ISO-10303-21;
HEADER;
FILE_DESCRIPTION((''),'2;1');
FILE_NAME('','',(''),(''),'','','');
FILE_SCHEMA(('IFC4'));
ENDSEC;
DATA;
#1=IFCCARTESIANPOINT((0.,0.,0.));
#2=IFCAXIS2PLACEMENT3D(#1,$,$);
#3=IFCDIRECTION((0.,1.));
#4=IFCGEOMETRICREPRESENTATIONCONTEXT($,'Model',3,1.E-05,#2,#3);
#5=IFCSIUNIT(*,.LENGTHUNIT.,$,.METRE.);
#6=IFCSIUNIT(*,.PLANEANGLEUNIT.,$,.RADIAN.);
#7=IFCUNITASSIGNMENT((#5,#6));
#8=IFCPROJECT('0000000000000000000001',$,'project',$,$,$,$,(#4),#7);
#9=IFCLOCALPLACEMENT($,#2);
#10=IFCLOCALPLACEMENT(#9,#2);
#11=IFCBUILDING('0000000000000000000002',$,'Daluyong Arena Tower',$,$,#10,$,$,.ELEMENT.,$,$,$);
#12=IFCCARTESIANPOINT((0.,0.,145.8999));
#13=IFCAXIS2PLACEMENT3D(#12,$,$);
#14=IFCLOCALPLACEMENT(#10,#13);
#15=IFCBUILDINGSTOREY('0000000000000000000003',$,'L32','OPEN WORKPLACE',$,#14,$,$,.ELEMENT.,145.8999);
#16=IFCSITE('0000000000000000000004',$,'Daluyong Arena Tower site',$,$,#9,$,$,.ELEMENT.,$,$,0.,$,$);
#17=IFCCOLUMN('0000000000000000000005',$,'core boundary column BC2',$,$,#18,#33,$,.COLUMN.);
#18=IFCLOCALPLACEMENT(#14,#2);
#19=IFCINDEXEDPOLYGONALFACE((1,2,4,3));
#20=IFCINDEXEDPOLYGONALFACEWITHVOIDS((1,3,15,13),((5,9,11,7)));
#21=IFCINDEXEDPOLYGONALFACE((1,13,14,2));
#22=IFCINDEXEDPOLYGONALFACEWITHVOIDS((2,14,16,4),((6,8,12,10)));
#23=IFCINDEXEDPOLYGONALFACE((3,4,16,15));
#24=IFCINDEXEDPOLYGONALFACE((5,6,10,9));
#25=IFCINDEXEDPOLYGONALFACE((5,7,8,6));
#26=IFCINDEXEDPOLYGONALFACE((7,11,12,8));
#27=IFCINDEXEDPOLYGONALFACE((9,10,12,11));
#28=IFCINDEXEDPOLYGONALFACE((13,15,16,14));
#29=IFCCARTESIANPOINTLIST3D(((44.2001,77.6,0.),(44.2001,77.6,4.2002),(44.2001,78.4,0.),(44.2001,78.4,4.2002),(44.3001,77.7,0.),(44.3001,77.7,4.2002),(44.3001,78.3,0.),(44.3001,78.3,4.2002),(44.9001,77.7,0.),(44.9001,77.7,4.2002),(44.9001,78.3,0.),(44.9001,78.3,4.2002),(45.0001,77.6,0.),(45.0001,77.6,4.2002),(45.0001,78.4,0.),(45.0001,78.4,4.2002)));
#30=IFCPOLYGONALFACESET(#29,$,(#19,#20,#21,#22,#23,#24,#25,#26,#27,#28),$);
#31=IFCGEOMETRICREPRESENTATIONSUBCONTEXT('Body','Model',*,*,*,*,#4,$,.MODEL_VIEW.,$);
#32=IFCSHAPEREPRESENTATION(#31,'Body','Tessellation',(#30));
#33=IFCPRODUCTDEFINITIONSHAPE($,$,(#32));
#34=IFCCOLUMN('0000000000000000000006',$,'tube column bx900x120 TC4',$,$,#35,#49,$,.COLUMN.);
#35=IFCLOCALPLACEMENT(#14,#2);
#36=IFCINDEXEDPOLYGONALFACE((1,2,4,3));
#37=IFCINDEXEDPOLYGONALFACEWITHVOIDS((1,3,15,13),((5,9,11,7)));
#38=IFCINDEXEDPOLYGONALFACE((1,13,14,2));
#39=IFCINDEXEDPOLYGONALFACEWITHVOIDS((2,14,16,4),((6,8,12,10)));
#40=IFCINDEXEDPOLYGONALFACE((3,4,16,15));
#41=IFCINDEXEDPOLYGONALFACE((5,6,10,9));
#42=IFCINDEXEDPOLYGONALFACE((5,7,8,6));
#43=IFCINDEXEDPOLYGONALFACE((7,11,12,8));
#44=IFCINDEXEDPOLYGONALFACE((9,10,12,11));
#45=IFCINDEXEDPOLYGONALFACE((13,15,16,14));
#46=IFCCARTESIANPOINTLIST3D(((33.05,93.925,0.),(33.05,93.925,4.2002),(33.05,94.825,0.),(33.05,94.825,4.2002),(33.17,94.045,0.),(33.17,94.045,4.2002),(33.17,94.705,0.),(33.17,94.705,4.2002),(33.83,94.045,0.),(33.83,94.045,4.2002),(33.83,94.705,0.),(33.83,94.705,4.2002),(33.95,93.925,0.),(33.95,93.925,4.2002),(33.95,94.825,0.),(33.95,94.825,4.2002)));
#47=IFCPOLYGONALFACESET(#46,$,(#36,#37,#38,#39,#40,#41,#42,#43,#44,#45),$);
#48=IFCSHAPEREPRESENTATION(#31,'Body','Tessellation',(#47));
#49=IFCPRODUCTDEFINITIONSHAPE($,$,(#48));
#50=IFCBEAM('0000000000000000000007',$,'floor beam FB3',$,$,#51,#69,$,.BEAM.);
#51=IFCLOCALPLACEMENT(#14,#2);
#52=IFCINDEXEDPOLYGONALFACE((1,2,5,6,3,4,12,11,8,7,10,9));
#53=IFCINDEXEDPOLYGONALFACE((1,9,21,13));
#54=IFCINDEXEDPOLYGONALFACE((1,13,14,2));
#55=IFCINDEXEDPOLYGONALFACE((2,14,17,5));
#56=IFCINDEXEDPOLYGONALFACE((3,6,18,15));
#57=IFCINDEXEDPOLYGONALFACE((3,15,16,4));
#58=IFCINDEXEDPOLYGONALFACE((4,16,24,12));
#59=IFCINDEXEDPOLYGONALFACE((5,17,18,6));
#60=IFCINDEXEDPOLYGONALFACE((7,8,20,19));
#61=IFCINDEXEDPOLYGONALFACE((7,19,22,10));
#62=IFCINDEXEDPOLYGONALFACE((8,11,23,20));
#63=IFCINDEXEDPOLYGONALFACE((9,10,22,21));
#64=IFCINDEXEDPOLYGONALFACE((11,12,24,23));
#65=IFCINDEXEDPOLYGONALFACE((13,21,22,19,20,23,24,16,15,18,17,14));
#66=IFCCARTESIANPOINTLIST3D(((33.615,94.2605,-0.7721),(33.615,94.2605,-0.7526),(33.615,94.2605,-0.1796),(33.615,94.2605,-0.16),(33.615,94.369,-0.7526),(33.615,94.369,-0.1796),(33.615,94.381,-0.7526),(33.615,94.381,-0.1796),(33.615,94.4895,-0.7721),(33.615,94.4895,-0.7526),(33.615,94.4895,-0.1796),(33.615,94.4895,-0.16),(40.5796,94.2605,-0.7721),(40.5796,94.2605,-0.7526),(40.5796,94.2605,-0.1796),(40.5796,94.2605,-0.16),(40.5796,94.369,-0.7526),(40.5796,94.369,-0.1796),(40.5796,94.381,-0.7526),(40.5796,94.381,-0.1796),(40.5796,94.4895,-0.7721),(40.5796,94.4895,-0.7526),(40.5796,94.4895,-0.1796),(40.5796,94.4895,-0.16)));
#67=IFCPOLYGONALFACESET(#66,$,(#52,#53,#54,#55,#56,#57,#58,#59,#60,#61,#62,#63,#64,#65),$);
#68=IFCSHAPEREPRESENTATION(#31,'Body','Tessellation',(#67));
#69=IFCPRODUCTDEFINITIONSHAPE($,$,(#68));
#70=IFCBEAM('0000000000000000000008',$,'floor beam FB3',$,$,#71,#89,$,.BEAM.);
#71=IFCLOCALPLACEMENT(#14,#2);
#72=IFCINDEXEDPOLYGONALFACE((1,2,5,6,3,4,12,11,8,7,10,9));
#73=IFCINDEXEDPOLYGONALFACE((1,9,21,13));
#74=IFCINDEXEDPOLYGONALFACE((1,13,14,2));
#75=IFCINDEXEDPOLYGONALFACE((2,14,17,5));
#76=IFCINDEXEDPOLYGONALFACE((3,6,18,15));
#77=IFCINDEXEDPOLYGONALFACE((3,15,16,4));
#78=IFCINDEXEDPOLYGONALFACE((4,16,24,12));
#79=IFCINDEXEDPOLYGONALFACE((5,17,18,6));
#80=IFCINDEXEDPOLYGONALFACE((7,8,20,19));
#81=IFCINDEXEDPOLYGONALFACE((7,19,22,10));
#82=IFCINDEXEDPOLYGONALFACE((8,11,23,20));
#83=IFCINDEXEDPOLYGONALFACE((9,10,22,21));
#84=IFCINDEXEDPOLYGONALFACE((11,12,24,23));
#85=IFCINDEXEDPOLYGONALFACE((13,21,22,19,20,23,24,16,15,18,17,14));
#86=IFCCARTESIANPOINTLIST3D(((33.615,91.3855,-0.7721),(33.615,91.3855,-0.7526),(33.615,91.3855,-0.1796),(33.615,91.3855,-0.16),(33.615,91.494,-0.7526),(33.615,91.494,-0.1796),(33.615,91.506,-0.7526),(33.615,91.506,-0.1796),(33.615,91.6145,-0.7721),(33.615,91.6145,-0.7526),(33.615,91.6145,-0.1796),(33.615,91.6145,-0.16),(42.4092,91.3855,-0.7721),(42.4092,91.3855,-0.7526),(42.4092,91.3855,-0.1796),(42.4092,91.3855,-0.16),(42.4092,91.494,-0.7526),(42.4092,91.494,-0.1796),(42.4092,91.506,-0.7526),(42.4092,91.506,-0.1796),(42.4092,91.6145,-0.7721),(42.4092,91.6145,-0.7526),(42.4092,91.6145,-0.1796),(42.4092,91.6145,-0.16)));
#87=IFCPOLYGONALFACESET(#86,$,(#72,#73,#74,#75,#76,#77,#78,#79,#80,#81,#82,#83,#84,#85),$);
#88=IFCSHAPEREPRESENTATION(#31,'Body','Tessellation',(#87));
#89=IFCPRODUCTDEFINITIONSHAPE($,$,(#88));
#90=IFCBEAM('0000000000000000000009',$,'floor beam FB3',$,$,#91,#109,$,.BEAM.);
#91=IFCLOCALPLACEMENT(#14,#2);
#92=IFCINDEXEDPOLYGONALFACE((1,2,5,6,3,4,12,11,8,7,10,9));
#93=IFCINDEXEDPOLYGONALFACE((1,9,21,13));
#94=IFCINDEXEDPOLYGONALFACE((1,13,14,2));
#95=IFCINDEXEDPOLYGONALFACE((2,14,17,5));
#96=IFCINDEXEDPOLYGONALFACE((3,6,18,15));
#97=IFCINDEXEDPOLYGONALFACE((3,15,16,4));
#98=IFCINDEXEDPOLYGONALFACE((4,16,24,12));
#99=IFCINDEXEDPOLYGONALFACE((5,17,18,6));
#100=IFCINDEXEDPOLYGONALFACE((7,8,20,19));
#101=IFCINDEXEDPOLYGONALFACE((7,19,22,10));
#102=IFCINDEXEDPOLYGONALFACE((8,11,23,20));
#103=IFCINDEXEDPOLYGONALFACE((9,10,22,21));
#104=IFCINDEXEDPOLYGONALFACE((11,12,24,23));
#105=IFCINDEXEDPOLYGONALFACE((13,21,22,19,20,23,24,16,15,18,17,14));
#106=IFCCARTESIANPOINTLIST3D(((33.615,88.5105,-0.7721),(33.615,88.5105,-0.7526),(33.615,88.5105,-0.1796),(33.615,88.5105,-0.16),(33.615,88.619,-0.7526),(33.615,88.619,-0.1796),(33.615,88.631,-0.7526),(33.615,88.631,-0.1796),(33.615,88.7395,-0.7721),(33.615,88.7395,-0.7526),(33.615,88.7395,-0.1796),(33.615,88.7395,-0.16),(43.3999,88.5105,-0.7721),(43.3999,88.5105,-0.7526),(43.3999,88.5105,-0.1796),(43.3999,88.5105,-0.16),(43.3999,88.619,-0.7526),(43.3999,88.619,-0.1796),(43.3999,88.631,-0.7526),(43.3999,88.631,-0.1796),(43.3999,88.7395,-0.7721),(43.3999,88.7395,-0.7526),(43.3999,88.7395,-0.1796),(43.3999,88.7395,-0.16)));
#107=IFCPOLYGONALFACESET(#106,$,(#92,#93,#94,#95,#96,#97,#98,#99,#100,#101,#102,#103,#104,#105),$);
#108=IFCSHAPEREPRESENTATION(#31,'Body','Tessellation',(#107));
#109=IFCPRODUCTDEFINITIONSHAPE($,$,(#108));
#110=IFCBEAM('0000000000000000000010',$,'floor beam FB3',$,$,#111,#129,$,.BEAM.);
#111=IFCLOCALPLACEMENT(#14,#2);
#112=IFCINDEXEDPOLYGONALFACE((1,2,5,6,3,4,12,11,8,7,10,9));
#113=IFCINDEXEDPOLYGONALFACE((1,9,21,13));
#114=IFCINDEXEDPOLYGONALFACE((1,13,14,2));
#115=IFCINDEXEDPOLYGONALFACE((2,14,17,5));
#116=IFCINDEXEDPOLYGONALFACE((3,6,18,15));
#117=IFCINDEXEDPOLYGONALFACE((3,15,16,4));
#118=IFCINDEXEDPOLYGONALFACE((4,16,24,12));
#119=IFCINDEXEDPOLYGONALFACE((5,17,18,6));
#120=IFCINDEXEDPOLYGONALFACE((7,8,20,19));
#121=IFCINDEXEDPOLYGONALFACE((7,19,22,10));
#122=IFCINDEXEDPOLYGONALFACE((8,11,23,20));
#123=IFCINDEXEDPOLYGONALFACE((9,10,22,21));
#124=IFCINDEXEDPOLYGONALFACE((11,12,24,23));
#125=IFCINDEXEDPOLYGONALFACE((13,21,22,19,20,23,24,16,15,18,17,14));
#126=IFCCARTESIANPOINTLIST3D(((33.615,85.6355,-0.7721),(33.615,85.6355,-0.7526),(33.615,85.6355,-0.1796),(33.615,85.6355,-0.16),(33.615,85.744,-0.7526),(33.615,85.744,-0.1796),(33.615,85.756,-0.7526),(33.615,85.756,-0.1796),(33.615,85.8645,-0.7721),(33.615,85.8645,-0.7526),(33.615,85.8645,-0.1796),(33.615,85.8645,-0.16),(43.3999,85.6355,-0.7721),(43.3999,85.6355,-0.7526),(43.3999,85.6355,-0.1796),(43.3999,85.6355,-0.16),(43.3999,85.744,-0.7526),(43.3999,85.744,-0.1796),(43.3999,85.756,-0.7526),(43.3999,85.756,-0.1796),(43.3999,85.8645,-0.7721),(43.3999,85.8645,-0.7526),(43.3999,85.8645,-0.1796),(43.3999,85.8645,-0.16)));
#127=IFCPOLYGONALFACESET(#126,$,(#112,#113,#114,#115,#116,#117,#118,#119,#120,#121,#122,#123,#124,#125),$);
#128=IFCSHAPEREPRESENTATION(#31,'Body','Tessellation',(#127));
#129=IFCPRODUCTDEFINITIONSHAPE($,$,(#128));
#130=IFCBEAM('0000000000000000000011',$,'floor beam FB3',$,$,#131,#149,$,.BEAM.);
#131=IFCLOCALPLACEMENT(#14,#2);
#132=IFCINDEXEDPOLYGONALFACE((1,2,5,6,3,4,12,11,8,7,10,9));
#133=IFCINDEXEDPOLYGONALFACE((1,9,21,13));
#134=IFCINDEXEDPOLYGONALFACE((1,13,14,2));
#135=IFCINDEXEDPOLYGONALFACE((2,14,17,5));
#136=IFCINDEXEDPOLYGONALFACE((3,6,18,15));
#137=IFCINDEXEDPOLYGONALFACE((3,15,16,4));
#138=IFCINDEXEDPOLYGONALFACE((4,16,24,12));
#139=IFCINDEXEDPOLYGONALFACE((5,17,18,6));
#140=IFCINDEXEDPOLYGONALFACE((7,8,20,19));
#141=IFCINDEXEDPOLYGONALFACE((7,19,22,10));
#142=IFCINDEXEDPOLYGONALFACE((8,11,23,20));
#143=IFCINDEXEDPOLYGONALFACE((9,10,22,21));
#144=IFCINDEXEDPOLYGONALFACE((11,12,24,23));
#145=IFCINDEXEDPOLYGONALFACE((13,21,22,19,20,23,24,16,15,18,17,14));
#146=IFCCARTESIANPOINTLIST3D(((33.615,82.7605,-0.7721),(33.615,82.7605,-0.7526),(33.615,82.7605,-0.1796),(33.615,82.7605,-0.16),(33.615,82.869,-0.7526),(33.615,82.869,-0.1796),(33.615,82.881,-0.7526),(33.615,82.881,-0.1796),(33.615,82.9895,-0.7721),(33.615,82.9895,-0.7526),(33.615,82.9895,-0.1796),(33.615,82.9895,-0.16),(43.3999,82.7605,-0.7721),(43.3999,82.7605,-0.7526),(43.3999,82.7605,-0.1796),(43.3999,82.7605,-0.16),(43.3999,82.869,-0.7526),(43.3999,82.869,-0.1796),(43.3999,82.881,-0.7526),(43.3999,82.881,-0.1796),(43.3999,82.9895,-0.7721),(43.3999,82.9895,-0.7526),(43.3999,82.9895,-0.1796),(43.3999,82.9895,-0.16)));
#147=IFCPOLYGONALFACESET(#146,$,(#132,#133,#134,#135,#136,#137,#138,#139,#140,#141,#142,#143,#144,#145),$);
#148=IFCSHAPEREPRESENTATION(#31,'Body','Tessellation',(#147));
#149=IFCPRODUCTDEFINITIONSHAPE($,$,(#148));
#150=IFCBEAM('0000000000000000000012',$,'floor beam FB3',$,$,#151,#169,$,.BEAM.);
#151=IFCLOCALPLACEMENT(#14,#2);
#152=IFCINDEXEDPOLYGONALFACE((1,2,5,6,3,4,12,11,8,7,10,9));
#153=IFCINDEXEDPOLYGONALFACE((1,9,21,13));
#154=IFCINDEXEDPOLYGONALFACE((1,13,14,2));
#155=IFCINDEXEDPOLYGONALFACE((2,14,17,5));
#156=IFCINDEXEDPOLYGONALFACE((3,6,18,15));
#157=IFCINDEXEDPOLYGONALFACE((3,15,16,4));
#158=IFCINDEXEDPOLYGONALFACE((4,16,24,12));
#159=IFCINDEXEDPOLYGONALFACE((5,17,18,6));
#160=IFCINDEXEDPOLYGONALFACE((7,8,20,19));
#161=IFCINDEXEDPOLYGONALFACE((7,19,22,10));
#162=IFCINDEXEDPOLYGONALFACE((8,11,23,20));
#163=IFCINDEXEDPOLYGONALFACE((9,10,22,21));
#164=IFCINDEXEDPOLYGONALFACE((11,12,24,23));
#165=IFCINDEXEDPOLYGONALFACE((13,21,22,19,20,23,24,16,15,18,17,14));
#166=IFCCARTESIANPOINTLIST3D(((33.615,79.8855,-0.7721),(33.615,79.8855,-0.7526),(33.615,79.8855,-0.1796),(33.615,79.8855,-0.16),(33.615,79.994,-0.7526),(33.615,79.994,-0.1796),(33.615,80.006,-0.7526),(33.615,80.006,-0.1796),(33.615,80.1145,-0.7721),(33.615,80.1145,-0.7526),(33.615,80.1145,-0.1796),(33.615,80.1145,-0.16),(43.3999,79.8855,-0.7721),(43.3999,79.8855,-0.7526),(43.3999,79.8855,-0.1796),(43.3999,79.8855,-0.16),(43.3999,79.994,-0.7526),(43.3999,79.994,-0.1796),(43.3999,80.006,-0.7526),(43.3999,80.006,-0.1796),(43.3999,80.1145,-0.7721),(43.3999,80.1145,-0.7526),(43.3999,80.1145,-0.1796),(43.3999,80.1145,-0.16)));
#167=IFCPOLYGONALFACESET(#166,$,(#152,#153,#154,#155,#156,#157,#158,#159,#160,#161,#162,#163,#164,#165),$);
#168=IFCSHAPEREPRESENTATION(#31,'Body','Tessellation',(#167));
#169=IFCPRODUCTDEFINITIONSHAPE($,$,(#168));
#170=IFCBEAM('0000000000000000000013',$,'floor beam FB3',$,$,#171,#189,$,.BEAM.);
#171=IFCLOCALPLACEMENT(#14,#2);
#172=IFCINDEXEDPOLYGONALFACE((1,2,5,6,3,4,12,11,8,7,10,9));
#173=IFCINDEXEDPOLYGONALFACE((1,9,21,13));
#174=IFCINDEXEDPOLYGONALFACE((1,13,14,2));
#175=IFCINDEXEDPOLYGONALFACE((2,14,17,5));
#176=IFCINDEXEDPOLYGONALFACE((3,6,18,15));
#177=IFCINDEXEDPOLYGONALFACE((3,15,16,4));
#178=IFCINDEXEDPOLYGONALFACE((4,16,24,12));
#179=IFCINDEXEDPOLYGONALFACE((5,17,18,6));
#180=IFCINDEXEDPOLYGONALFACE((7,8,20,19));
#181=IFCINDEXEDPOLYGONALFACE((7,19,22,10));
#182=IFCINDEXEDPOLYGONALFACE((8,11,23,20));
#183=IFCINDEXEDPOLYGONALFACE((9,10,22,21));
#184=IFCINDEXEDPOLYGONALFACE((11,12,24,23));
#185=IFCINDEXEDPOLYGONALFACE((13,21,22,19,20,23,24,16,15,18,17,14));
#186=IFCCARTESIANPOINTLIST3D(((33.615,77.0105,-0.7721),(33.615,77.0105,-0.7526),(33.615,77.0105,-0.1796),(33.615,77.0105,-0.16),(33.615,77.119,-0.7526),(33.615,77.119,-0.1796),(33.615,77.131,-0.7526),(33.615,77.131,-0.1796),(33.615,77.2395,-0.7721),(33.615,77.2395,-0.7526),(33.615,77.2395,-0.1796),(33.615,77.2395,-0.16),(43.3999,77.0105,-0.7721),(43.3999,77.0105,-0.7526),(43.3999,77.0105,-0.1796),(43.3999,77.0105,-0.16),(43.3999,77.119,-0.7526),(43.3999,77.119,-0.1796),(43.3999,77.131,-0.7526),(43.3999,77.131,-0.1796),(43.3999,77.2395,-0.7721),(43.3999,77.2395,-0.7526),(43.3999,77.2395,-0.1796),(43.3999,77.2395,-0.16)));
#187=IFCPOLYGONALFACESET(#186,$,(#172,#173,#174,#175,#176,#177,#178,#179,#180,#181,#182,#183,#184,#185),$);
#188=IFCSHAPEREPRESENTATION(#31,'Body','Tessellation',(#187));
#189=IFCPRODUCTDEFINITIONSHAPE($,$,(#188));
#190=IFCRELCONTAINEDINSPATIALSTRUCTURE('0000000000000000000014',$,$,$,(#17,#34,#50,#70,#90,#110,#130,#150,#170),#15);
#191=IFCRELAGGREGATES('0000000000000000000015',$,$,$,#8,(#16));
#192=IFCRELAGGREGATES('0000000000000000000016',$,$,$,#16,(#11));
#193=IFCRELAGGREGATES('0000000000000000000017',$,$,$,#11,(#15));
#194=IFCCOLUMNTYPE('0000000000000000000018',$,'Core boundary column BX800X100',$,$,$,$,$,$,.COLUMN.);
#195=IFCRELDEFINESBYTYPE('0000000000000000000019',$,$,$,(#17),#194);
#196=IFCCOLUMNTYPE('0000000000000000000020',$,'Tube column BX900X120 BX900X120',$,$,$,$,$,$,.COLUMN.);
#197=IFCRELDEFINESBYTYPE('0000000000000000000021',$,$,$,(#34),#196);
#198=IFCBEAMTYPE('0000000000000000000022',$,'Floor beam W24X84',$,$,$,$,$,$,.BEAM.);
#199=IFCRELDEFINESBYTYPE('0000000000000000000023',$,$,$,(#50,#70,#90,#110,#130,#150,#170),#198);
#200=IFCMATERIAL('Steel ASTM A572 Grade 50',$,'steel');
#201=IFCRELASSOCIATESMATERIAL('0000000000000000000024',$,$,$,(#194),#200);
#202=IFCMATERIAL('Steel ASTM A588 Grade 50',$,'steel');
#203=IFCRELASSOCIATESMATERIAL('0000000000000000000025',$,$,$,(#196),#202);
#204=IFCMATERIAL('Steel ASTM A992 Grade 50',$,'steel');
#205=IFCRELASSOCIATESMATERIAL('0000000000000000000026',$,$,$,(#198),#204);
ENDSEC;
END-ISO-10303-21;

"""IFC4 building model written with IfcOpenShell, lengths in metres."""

from ifc_helpers import new_model, si_unit, direction, frame, origin, origin_2d, place, context, subcontext, project, spatial, hollow_rectangle, i_section, extrude, material, material_profile, profile_set, type_object, element, save


model = new_model("IFC4")

# Units and contexts
model_context = context("Model", 3, precision=1e-05, world=origin(), true_north=direction((0.0, 1.0)))
body_context = subcontext(model_context, "Body", "Model", "MODEL_VIEW")
ifc_project = project(units=[si_unit("LENGTHUNIT", "METRE"), si_unit("PLANEANGLEUNIT", "RADIAN")], contexts=[model_context])

# Site, building, storey
site_placement = place(None, origin())
site = spatial("IfcSite", under=ifc_project, at=site_placement, Name="Daluyong Arena Tower site", CompositionType="ELEMENT", RefElevation=0.0)
building_placement = place(site_placement, origin())
building = spatial("IfcBuilding", under=site, at=building_placement, Name="Daluyong Arena Tower", CompositionType="ELEMENT")
storey_placement = place(building_placement, frame((0.0, 0.0, 145.8999)))
storey = spatial("IfcBuildingStorey", under=building, at=storey_placement, Name="L32", Description="OPEN WORKPLACE", CompositionType="ELEMENT", Elevation=145.8999)

# Columns
ifc_material_1 = material(Name="Steel ASTM A572 Grade 50", Category="steel")
ifc_material_profile_1 = material_profile(ifc_material_1, hollow_rectangle(XDim=0.8, YDim=0.8, WallThickness=0.1, at=origin_2d()))
ifc_profile_set_1 = profile_set([ifc_material_profile_1], Name="Steel ASTM A572 Grade 50")
column_type_1 = type_object("IfcColumnType", Name="Core boundary column BX800X100", PredefinedType="COLUMN", material=ifc_profile_set_1)
column_1_placement = place(storey_placement, frame((44.6001, 78.0, 0.0), z_axis=(0.0, 0.0, 1.0), x_axis=(1.0, 0.0, 0.0)))
element("IfcColumn", 1, at=column_1_placement, inside=storey, type_object=column_type_1, Name="core boundary column BC2", PredefinedType="COLUMN", context=body_context, shape_type="SweptSolid", body=[
    extrude(hollow_rectangle(XDim=0.8, YDim=0.8, WallThickness=0.1, at=origin_2d()), origin(), (0.0, 0.0, 1.0), 4.2002),
])
ifc_material_2 = material(Name="Steel ASTM A588 Grade 50", Category="steel")
ifc_material_profile_2 = material_profile(ifc_material_2, hollow_rectangle(XDim=0.8999, YDim=0.8999, WallThickness=0.12, at=origin_2d()))
ifc_profile_set_2 = profile_set([ifc_material_profile_2], Name="Steel ASTM A588 Grade 50")
column_type_2 = type_object("IfcColumnType", Name="Tube column BX900X120 BX900X120", PredefinedType="COLUMN", material=ifc_profile_set_2)
column_2_placement = place(storey_placement, frame((33.5, 94.375, 0.0), z_axis=(0.0, 0.0, 1.0), x_axis=(0.0, 1.0, 0.0)))
element("IfcColumn", 2, at=column_2_placement, inside=storey, type_object=column_type_2, Name="tube column bx900x120 TC4", PredefinedType="COLUMN", context=body_context, shape_type="SweptSolid", body=[
    extrude(hollow_rectangle(XDim=0.8999, YDim=0.8999, WallThickness=0.12, at=origin_2d()), origin(), (0.0, 0.0, 1.0), 4.2002),
])

# Beams
ifc_material_3 = material(Name="Steel ASTM A992 Grade 50", Category="steel")
ifc_material_profile_3 = material_profile(ifc_material_3, i_section(OverallWidth=0.229, OverallDepth=0.6121, WebThickness=0.012, FlangeThickness=0.0195, at=origin_2d()))
ifc_profile_set_3 = profile_set([ifc_material_profile_3], Name="Steel ASTM A992 Grade 50")
beam_type_1 = type_object("IfcBeamType", Name="Floor beam W24X84", PredefinedType="BEAM", material=ifc_profile_set_3)
beam_1_placement = place(storey_placement, frame((33.615, 94.375, -0.4661), z_axis=(1.0, 0.0, 0.0), x_axis=(0.0, 1.0, 0.0)))
element("IfcBeam", 3, at=beam_1_placement, inside=storey, type_object=beam_type_1, Name="floor beam FB3", PredefinedType="BEAM", context=body_context, shape_type="SweptSolid", body=[
    extrude(i_section(OverallWidth=0.229, OverallDepth=0.6121, WebThickness=0.012, FlangeThickness=0.0195, at=origin_2d()), origin(), (0.0, 0.0, 1.0), 6.9646),
])
beam_2_placement = place(storey_placement, frame((33.615, 91.5, -0.4661), z_axis=(1.0, 0.0, 0.0), x_axis=(0.0, 1.0, 0.0)))
element("IfcBeam", 4, at=beam_2_placement, inside=storey, type_object=beam_type_1, Name="floor beam FB3", PredefinedType="BEAM", context=body_context, shape_type="SweptSolid", body=[
    extrude(i_section(OverallWidth=0.229, OverallDepth=0.6121, WebThickness=0.012, FlangeThickness=0.0195, at=origin_2d()), origin(), (0.0, 0.0, 1.0), 8.7942),
])
for number, where, z_axis, x_axis, name in (
    (5, (33.615, 88.625, -0.4661), (1.0, 0.0, 0.0), (0.0, 1.0, 0.0), "floor beam FB3"),
    (6, (33.615, 85.75, -0.4661), (1.0, 0.0, 0.0), (0.0, 1.0, 0.0), "floor beam FB3"),
    (7, (33.615, 82.875, -0.4661), (1.0, 0.0, 0.0), (0.0, 1.0, 0.0), "floor beam FB3"),
    (8, (33.615, 80.0, -0.4661), (1.0, 0.0, 0.0), (0.0, 1.0, 0.0), "floor beam FB3"),
    (9, (33.615, 77.125, -0.4661), (1.0, 0.0, 0.0), (0.0, 1.0, 0.0), "floor beam FB3"),
):
    element("IfcBeam", number, at=place(storey_placement, frame(where, z_axis=z_axis, x_axis=x_axis)), inside=storey, type_object=beam_type_1, Name=name, PredefinedType="BEAM", context=body_context, shape_type="SweptSolid", body=[
        extrude(i_section(OverallWidth=0.229, OverallDepth=0.6121, WebThickness=0.012, FlangeThickness=0.0195, at=origin_2d()), origin(), (0.0, 0.0, 1.0), 9.7849),
    ])

save(model, "model.ifc")
